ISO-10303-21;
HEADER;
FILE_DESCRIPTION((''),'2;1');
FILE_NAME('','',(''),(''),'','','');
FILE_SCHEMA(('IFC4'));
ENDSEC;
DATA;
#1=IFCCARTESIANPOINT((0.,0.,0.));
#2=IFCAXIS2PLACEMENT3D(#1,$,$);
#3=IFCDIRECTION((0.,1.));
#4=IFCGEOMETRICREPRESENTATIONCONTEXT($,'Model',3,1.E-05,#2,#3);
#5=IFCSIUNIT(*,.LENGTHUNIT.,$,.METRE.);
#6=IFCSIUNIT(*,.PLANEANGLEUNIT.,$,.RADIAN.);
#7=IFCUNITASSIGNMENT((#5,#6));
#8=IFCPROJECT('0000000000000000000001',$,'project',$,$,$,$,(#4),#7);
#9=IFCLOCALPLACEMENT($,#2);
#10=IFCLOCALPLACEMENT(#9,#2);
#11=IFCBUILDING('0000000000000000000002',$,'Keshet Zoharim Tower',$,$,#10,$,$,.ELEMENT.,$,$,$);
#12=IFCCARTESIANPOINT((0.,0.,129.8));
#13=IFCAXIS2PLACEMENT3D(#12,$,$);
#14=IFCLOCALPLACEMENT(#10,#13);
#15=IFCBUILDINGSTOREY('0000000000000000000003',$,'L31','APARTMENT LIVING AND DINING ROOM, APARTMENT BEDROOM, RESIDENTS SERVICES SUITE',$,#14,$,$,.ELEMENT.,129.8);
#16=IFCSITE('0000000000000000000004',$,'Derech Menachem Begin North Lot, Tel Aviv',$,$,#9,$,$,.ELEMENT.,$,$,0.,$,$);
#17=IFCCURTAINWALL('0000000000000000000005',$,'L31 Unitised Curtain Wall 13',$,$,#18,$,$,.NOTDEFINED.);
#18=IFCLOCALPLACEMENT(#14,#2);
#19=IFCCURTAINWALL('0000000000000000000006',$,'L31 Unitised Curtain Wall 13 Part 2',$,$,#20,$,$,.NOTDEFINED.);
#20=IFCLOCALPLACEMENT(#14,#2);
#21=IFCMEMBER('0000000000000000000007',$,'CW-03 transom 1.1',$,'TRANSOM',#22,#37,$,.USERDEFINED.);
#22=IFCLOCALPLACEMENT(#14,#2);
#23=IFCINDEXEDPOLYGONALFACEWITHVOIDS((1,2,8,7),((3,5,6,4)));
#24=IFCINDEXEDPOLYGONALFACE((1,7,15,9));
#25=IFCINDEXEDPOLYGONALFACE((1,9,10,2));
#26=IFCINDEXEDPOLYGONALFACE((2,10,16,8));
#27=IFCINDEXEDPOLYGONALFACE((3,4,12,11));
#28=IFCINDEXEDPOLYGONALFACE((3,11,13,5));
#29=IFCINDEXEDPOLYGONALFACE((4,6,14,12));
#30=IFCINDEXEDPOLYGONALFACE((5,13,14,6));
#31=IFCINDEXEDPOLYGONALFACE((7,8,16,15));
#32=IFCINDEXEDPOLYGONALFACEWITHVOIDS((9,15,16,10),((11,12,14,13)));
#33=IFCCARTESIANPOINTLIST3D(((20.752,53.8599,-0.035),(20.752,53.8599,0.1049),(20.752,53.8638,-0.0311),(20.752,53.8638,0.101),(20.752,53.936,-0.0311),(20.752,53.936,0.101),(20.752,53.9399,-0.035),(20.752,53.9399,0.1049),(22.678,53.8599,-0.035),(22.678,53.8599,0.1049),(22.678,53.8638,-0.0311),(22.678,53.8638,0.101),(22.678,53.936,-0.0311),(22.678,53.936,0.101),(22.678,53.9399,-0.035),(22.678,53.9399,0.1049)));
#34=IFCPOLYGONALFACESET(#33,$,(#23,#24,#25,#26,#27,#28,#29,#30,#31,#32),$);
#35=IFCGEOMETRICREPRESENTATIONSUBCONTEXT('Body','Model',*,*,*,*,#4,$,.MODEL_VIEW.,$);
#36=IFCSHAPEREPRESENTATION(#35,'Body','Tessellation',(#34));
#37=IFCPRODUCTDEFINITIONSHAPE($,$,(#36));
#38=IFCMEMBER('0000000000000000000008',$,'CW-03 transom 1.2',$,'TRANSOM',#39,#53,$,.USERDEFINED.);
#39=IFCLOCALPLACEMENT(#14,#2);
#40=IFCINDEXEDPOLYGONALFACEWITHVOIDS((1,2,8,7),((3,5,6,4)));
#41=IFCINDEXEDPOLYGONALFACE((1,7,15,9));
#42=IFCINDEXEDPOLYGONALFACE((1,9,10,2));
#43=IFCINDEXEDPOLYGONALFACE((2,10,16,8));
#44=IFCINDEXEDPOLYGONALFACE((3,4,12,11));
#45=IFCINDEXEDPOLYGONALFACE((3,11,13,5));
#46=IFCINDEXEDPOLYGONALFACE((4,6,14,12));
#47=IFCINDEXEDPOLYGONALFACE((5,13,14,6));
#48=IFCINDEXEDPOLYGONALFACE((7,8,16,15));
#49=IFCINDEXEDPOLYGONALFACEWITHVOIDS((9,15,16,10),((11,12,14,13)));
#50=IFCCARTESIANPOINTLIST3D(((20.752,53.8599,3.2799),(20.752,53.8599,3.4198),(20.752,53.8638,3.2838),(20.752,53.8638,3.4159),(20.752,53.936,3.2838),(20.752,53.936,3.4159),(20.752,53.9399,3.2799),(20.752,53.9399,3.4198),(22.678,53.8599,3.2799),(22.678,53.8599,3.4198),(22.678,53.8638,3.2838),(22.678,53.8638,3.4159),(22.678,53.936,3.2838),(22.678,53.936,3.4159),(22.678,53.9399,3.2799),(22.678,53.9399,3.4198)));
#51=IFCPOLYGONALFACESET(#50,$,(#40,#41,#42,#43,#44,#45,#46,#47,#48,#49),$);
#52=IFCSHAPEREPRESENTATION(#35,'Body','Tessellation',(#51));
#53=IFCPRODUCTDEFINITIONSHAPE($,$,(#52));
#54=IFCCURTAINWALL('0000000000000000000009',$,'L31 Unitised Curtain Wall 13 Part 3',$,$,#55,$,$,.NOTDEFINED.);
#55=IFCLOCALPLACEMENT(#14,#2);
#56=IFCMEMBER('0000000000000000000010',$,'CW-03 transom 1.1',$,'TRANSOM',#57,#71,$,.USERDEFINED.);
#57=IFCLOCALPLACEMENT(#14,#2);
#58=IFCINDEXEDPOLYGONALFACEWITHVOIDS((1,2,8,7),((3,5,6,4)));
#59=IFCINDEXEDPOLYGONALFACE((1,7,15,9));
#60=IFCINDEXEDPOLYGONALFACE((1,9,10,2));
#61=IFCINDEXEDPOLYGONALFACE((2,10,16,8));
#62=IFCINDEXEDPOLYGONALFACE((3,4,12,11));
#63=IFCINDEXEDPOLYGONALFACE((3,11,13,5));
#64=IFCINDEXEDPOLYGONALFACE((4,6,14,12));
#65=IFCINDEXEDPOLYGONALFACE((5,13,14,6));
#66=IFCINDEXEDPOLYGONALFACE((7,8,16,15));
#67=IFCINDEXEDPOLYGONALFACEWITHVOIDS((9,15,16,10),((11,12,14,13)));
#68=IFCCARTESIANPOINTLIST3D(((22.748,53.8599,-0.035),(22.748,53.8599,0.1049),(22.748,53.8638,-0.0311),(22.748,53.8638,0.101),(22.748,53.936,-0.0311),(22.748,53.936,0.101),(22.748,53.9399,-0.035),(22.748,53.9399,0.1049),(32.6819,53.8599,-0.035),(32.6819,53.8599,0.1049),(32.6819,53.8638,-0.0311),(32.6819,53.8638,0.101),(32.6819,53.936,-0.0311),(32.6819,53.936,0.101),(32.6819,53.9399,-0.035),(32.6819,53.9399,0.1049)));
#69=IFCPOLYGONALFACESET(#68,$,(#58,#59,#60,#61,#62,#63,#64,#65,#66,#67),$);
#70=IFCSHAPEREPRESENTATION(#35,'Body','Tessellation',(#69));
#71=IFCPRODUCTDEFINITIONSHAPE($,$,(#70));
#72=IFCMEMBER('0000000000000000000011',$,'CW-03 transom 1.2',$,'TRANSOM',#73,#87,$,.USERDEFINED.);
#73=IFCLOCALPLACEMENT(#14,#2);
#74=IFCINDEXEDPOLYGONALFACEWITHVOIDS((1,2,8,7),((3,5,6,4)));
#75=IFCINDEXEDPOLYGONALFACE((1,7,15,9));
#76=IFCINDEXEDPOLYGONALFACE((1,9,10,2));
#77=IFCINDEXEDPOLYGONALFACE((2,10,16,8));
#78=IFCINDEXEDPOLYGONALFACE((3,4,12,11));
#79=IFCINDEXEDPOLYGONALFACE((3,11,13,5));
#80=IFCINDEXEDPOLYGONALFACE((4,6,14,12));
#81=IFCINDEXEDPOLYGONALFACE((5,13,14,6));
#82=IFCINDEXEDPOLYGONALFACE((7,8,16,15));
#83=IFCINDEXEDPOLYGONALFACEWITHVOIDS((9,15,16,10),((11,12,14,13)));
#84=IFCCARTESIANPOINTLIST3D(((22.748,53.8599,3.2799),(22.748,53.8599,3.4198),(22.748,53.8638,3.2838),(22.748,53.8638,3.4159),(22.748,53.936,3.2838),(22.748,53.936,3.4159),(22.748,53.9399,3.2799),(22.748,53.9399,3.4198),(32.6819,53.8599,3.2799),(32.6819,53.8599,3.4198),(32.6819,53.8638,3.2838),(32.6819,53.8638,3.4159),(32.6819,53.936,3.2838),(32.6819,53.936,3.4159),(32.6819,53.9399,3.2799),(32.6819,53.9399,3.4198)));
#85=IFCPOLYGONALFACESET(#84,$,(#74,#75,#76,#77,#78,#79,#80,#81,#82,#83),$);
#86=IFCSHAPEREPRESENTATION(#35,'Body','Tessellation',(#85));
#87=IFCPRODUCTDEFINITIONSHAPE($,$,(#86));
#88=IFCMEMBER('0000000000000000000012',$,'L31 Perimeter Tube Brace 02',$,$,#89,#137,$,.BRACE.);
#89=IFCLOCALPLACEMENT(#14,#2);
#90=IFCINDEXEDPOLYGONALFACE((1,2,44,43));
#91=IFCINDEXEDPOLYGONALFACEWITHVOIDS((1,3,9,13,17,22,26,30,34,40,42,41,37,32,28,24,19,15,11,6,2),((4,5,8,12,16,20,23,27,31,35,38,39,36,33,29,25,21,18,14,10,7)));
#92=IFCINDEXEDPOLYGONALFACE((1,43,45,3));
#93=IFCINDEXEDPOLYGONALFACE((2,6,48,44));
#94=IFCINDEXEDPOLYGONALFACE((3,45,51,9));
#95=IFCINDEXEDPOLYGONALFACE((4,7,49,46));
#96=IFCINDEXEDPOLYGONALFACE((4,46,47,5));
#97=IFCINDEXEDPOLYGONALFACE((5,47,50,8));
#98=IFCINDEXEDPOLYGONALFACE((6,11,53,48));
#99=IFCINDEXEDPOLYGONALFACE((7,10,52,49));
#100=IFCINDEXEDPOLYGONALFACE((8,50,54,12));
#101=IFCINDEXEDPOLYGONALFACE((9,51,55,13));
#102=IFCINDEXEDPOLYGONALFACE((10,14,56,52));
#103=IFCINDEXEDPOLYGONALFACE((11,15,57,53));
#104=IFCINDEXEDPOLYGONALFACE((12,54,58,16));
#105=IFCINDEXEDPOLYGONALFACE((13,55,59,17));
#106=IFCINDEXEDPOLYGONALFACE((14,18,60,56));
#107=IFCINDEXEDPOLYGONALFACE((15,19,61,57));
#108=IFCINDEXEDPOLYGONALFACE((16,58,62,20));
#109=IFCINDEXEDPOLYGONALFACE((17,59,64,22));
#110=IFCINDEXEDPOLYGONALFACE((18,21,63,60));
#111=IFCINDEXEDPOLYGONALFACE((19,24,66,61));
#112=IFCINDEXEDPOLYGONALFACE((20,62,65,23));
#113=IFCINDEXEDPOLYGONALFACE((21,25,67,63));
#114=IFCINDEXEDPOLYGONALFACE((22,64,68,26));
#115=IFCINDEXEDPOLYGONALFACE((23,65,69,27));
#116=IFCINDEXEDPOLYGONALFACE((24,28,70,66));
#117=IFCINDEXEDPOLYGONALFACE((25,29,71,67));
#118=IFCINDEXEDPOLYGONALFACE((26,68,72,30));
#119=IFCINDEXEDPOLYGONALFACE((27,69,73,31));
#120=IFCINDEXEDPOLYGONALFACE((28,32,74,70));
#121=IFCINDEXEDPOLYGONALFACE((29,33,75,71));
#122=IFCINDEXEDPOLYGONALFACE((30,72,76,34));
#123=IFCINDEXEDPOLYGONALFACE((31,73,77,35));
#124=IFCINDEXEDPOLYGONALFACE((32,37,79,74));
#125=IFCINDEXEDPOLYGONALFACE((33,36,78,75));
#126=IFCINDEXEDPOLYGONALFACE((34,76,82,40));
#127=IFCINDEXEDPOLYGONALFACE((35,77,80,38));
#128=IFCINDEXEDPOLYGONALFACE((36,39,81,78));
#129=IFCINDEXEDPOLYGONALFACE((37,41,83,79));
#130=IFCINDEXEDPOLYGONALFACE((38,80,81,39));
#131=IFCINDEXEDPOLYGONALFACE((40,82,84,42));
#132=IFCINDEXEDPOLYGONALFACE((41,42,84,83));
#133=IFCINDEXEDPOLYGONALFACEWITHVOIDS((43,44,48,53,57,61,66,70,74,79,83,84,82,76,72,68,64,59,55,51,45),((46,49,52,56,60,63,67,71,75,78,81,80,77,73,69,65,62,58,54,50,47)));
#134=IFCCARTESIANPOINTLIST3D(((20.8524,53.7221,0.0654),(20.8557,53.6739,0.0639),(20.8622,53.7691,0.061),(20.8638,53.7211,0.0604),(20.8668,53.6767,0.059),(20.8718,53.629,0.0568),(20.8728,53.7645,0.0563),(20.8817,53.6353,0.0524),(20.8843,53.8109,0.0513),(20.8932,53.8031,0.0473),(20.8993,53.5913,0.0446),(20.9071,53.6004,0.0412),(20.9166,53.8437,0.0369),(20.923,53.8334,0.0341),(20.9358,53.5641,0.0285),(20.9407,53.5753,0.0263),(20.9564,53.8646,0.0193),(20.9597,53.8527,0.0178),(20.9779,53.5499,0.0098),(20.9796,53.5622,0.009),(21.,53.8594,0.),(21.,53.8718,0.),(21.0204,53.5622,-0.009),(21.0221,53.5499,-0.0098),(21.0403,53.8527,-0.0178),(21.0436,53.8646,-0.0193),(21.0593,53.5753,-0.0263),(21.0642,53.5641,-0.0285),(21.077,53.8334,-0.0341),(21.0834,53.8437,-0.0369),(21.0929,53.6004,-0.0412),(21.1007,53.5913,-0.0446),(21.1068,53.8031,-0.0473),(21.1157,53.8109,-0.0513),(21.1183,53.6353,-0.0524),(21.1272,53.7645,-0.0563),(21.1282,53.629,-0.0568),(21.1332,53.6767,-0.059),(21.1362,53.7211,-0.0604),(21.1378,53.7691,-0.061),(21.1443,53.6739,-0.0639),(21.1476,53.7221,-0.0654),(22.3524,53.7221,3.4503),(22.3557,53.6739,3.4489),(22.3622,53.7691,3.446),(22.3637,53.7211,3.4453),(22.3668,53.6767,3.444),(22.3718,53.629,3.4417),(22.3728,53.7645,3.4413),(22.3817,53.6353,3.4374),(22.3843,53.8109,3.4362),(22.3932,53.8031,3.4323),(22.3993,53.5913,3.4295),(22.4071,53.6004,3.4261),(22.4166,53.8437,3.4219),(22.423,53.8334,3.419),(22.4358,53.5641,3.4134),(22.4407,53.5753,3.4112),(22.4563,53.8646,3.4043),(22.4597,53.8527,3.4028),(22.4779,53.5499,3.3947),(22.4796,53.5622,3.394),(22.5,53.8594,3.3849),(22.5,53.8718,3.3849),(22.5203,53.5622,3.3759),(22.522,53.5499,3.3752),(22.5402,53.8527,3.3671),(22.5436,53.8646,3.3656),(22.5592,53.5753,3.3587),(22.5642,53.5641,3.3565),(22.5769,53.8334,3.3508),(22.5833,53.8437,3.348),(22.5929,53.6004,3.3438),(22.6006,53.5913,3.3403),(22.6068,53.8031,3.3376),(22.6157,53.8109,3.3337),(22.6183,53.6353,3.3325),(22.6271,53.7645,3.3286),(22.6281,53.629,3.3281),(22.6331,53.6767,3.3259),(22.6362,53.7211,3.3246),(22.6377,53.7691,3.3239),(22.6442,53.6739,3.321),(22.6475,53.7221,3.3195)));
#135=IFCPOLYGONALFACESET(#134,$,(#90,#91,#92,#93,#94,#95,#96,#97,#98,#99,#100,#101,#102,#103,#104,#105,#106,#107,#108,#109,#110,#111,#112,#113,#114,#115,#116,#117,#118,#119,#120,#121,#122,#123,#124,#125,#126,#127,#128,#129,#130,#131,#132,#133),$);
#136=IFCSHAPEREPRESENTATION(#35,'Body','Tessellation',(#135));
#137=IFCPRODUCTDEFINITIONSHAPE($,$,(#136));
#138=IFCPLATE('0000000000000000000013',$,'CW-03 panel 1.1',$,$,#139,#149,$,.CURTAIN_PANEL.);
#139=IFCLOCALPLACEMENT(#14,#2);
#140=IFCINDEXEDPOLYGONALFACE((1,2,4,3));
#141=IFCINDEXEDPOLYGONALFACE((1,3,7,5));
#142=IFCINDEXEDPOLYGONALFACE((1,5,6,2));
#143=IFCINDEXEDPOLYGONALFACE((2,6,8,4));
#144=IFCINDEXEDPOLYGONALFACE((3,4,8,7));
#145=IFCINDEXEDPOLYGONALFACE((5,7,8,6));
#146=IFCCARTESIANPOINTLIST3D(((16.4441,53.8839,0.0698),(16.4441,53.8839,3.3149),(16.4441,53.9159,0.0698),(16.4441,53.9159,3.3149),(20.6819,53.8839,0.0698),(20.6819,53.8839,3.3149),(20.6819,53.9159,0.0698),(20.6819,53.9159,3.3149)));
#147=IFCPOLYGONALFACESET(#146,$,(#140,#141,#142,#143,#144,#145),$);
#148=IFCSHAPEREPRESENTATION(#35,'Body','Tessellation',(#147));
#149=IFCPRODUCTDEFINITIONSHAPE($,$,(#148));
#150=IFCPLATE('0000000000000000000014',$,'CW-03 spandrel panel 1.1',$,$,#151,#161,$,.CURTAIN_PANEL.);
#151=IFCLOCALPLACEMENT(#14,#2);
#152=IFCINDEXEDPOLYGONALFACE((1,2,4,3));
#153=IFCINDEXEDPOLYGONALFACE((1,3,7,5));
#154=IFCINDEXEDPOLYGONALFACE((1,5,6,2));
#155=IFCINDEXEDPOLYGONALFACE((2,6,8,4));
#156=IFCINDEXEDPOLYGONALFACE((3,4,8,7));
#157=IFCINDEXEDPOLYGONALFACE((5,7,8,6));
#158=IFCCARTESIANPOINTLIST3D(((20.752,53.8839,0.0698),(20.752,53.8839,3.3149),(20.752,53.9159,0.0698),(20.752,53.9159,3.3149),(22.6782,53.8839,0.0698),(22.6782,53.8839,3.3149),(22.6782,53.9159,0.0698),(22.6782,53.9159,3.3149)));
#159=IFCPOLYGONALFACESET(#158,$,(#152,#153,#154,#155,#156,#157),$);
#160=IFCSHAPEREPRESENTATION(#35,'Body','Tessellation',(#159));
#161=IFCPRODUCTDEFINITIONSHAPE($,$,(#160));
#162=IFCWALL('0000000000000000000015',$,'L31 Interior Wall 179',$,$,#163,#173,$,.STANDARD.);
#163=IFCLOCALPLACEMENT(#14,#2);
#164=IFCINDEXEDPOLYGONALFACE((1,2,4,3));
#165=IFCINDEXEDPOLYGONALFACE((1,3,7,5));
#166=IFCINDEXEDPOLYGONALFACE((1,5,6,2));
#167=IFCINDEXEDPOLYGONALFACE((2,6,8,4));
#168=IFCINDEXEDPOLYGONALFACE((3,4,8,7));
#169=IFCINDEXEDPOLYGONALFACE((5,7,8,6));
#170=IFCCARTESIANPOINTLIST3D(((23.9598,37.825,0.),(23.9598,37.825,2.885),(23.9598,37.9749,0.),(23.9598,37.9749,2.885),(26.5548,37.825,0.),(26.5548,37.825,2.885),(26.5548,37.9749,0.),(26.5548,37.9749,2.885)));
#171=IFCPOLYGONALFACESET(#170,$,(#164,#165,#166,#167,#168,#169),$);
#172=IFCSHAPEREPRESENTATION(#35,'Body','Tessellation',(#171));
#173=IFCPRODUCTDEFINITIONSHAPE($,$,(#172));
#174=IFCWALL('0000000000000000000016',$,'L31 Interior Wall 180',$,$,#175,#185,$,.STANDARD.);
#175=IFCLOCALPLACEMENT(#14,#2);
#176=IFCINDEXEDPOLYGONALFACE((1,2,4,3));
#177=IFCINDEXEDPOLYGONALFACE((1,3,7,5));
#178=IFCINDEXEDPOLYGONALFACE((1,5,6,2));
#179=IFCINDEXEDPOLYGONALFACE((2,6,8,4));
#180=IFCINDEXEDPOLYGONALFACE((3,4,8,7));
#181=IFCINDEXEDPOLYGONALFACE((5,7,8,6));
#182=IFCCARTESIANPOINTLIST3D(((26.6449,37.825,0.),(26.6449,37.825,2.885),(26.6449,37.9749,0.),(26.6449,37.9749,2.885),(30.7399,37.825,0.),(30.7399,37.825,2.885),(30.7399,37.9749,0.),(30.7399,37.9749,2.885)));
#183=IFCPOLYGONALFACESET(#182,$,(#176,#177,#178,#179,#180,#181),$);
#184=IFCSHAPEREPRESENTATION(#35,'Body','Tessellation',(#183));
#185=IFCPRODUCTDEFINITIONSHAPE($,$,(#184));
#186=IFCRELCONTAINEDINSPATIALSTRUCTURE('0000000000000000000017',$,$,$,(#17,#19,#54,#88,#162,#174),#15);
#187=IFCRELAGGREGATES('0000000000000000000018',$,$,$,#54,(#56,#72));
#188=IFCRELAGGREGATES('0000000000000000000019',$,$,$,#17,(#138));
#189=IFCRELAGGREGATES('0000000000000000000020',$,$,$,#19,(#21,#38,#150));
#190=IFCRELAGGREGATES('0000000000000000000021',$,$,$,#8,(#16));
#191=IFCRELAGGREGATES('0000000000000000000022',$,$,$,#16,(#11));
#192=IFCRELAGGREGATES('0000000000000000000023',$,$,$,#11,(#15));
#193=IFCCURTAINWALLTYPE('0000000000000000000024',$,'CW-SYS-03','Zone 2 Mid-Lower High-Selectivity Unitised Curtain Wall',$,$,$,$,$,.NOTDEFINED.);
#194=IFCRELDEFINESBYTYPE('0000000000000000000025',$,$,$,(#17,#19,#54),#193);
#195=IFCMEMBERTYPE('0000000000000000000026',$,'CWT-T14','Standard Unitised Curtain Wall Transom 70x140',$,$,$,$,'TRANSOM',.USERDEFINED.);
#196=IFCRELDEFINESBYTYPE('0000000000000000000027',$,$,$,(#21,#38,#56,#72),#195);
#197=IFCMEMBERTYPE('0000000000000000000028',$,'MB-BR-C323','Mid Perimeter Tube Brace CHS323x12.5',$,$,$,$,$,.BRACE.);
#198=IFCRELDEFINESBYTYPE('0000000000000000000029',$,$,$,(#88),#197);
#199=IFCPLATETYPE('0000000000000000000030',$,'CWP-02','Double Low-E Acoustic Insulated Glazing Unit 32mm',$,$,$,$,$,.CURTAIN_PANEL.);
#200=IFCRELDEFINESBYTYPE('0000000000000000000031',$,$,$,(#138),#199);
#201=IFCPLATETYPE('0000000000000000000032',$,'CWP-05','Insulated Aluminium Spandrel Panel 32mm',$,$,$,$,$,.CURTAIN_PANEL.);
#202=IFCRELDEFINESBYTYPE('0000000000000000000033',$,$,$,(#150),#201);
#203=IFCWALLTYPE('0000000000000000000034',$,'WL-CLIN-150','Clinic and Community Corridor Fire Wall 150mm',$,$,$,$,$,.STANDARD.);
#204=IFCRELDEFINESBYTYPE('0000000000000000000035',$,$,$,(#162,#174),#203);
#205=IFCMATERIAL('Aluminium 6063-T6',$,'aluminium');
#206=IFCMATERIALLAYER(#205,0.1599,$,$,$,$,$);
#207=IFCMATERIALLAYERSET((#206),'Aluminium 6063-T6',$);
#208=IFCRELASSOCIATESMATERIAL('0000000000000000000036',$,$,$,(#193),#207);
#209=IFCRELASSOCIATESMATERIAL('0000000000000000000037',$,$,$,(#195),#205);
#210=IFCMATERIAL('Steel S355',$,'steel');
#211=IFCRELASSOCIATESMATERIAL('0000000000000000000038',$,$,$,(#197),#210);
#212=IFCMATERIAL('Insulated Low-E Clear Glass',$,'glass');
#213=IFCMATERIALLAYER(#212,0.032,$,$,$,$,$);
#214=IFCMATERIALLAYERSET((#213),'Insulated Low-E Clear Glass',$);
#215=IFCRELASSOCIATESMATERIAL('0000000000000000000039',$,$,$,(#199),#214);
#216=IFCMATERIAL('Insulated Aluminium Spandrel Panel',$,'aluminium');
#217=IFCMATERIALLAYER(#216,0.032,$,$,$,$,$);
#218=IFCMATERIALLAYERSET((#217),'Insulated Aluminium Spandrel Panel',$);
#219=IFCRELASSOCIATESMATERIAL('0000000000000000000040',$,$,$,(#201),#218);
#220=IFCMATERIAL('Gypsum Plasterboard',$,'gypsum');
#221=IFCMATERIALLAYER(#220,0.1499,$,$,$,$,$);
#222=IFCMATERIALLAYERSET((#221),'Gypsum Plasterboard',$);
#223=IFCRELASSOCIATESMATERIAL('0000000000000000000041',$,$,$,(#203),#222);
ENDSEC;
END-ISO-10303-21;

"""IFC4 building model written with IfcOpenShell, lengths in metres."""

from ifc_helpers import new_model, si_unit, direction, frame, frame_2d, origin, origin_2d, place, context, subcontext, project, spatial, rectangle, hollow_rectangle, hollow_circle, extrude, material, layer, layer_set, material_profile, profile_set, type_object, element, aggregate, save


model = new_model("IFC4")

# Units and contexts
model_context = context("Model", 3, precision=1e-05, world=origin(), true_north=direction((0.0, 1.0)))
body_context = subcontext(model_context, "Body", "Model", "MODEL_VIEW")
ifc_project = project(units=[si_unit("LENGTHUNIT", "METRE"), si_unit("PLANEANGLEUNIT", "RADIAN")], contexts=[model_context])

# Site, building, storey
site_placement = place(None, origin())
site = spatial("IfcSite", under=ifc_project, at=site_placement, Name="Derech Menachem Begin North Lot, Tel Aviv", CompositionType="ELEMENT", RefElevation=0.0)
building_placement = place(site_placement, origin())
building = spatial("IfcBuilding", under=site, at=building_placement, Name="Keshet Zoharim Tower", CompositionType="ELEMENT")
storey_placement = place(building_placement, frame((0.0, 0.0, 129.8)))
storey = spatial("IfcBuildingStorey", under=building, at=storey_placement, Name="L31", Description="APARTMENT LIVING AND DINING ROOM, APARTMENT BEDROOM, RESIDENTS SERVICES SUITE", CompositionType="ELEMENT", Elevation=129.8)

# Shared definitions
ifc_material_1 = material(Name="Steel S355", Category="steel")

# Curtain wall
ifc_material_2 = material(Name="Aluminium 6063-T6", Category="aluminium")
ifc_layer_1 = layer(ifc_material_2, 0.1599)
ifc_layer_set_1 = layer_set([ifc_layer_1], Name="Aluminium 6063-T6")
curtain_wall_type = type_object("IfcCurtainWallType", Name="CW-SYS-03", Description="Zone 2 Mid-Lower High-Selectivity Unitised Curtain Wall", PredefinedType="NOTDEFINED", material=ifc_layer_set_1)
curtain_wall_1_placement = place(storey_placement, origin())
curtain_wall_1 = element("IfcCurtainWall", 1, at=curtain_wall_1_placement, inside=storey, type_object=curtain_wall_type, Name="L31 Unitised Curtain Wall 13", PredefinedType="NOTDEFINED")

# Curtain walls, members
curtain_wall_2_placement = place(storey_placement, origin())
curtain_wall_2 = element("IfcCurtainWall", 2, at=curtain_wall_2_placement, inside=storey, type_object=curtain_wall_type, Name="L31 Unitised Curtain Wall 13 Part 2", PredefinedType="NOTDEFINED")
ifc_material_profile_1 = material_profile(ifc_material_2, hollow_rectangle(XDim=0.0801, YDim=0.1399, WallThickness=0.0039, at=origin_2d()), Name="TRN-80x140")
ifc_profile_set_1 = profile_set([ifc_material_profile_1], Name="Aluminium 6063-T6")
member_type_1 = type_object("IfcMemberType", Name="CWT-T14", Description="Standard Unitised Curtain Wall Transom 70x140", ElementType="TRANSOM", PredefinedType="USERDEFINED", material=ifc_profile_set_1)
member_1_placement = place(storey_placement, frame((20.752, 53.8999, 0.0349), z_axis=(1.0, 0.0, 0.0), x_axis=(0.0, 1.0, 0.0)))
member_1 = element("IfcMember", 3, at=member_1_placement, type_object=member_type_1, Name="CW-03 transom 1.1", ObjectType="TRANSOM", PredefinedType="USERDEFINED", context=body_context, shape_type="SweptSolid", body=[
    extrude(hollow_rectangle(XDim=0.0801, YDim=0.1399, WallThickness=0.0039, at=origin_2d()), origin(), (0.0, 0.0, 1.0), 1.926),
])
member_2_placement = place(storey_placement, frame((20.752, 53.8999, 3.3499), z_axis=(1.0, 0.0, 0.0), x_axis=(0.0, 1.0, 0.0)))
member_2 = element("IfcMember", 4, at=member_2_placement, type_object=member_type_1, Name="CW-03 transom 1.2", ObjectType="TRANSOM", PredefinedType="USERDEFINED", context=body_context, shape_type="SweptSolid", body=[
    extrude(hollow_rectangle(XDim=0.0801, YDim=0.1399, WallThickness=0.0039, at=origin_2d()), origin(), (0.0, 0.0, 1.0), 1.926),
])
curtain_wall_3_placement = place(storey_placement, origin())
curtain_wall_3 = element("IfcCurtainWall", 5, at=curtain_wall_3_placement, inside=storey, type_object=curtain_wall_type, Name="L31 Unitised Curtain Wall 13 Part 3", PredefinedType="NOTDEFINED")
member_3_placement = place(storey_placement, frame((22.748, 53.8999, 0.0349), z_axis=(1.0, 0.0, 0.0), x_axis=(0.0, 1.0, 0.0)))
member_3 = element("IfcMember", 6, at=member_3_placement, type_object=member_type_1, Name="CW-03 transom 1.1", ObjectType="TRANSOM", PredefinedType="USERDEFINED", context=body_context, shape_type="SweptSolid", body=[
    extrude(hollow_rectangle(XDim=0.0801, YDim=0.1399, WallThickness=0.0039, at=origin_2d()), origin(), (0.0, 0.0, 1.0), 9.9338),
])
member_4_placement = place(storey_placement, frame((22.748, 53.8999, 3.3499), z_axis=(1.0, 0.0, 0.0), x_axis=(0.0, 1.0, 0.0)))
member_4 = element("IfcMember", 7, at=member_4_placement, type_object=member_type_1, Name="CW-03 transom 1.2", ObjectType="TRANSOM", PredefinedType="USERDEFINED", context=body_context, shape_type="SweptSolid", body=[
    extrude(hollow_rectangle(XDim=0.0801, YDim=0.1399, WallThickness=0.0039, at=origin_2d()), origin(), (0.0, 0.0, 1.0), 9.9338),
])
aggregate(curtain_wall_3, [member_3, member_4])

# Member
ifc_material_profile_2 = material_profile(ifc_material_1, hollow_circle(Radius=0.1619, WallThickness=0.0125, at=origin_2d()), Name="CHS323x12.5")
ifc_profile_set_2 = profile_set([ifc_material_profile_2], Name="Steel S355")
member_type_2 = type_object("IfcMemberType", Name="MB-BR-C323", Description="Mid Perimeter Tube Brace CHS323x12.5", PredefinedType="BRACE", material=ifc_profile_set_2)
member_5_placement = place(storey_placement, frame((21.0, 53.71, 0.0), z_axis=(0.405135, 0.0, 0.914257), x_axis=(0.0, 1.0, 0.0)))
element("IfcMember", 8, at=member_5_placement, inside=storey, type_object=member_type_2, Name="L31 Perimeter Tube Brace 02", PredefinedType="BRACE", context=body_context, shape_type="SweptSolid", body=[
    extrude(hollow_circle(Radius=0.1619, WallThickness=0.0125, at=origin_2d()), origin(), (0.0, 0.0, 1.0), 3.7024),
])

# Plates
ifc_material_3 = material(Name="Insulated Low-E Clear Glass", Category="glass")
ifc_layer_2 = layer(ifc_material_3, 0.032)
ifc_layer_set_2 = layer_set([ifc_layer_2], Name="Insulated Low-E Clear Glass")
plate_type_1 = type_object("IfcPlateType", Name="CWP-02", Description="Double Low-E Acoustic Insulated Glazing Unit 32mm", PredefinedType="CURTAIN_PANEL", material=ifc_layer_set_2)
plate_1_placement = place(storey_placement, frame((18.563, 53.8999, 0.0698), z_axis=(0.0, 0.0, 1.0), x_axis=(1.0, 0.0, 0.0)))
plate_1 = element("IfcPlate", 9, at=plate_1_placement, type_object=plate_type_1, Name="CW-03 panel 1.1", PredefinedType="CURTAIN_PANEL", context=body_context, shape_type="SweptSolid", body=[
    extrude(rectangle(XDim=4.2378, YDim=0.032, at=origin_2d()), origin(), (0.0, 0.0, 1.0), 3.2451),
])
aggregate(curtain_wall_1, [plate_1])
ifc_material_4 = material(Name="Insulated Aluminium Spandrel Panel", Category="aluminium")
ifc_layer_3 = layer(ifc_material_4, 0.032)
ifc_layer_set_3 = layer_set([ifc_layer_3], Name="Insulated Aluminium Spandrel Panel")
plate_type_2 = type_object("IfcPlateType", Name="CWP-05", Description="Insulated Aluminium Spandrel Panel 32mm", PredefinedType="CURTAIN_PANEL", material=ifc_layer_set_3)
plate_2_placement = place(storey_placement, frame((21.7151, 53.8999, 0.0698), z_axis=(0.0, 0.0, 1.0), x_axis=(1.0, 0.0, 0.0)))
plate_2 = element("IfcPlate", 10, at=plate_2_placement, type_object=plate_type_2, Name="CW-03 spandrel panel 1.1", PredefinedType="CURTAIN_PANEL", context=body_context, shape_type="SweptSolid", body=[
    extrude(rectangle(XDim=1.9263, YDim=0.032, at=origin_2d()), origin(), (0.0, 0.0, 1.0), 3.2451),
])
aggregate(curtain_wall_2, [member_1, member_2, plate_2])

# Walls
ifc_material_5 = material(Name="Gypsum Plasterboard", Category="gypsum")
ifc_layer_4 = layer(ifc_material_5, 0.1499)
ifc_layer_set_4 = layer_set([ifc_layer_4], Name="Gypsum Plasterboard")
wall_type_1 = type_object("IfcWallType", Name="WL-CLIN-150", Description="Clinic and Community Corridor Fire Wall 150mm", PredefinedType="STANDARD", material=ifc_layer_set_4)
wall_1_placement = place(storey_placement, frame((23.96, 37.8999, 0.0), z_axis=(0.0, 0.0, 1.0), x_axis=(1.0, 0.0, 0.0)))
element("IfcWall", 11, at=wall_1_placement, inside=storey, type_object=wall_type_1, Name="L31 Interior Wall 179", PredefinedType="STANDARD", context=body_context, shape_type="SweptSolid", body=[
    extrude(rectangle(XDim=2.595, YDim=0.1499, at=frame_2d((1.2974, 0.0))), origin(), (0.0, 0.0, 1.0), 2.885),
])
wall_2_placement = place(storey_placement, frame((26.645, 37.8999, 0.0), z_axis=(0.0, 0.0, 1.0), x_axis=(1.0, 0.0, 0.0)))
element("IfcWall", 12, at=wall_2_placement, inside=storey, type_object=wall_type_1, Name="L31 Interior Wall 180", PredefinedType="STANDARD", context=body_context, shape_type="SweptSolid", body=[
    extrude(rectangle(XDim=4.095, YDim=0.1499, at=frame_2d((2.0474, 0.0))), origin(), (0.0, 0.0, 1.0), 2.885),
])

save(model, "model.ifc")
